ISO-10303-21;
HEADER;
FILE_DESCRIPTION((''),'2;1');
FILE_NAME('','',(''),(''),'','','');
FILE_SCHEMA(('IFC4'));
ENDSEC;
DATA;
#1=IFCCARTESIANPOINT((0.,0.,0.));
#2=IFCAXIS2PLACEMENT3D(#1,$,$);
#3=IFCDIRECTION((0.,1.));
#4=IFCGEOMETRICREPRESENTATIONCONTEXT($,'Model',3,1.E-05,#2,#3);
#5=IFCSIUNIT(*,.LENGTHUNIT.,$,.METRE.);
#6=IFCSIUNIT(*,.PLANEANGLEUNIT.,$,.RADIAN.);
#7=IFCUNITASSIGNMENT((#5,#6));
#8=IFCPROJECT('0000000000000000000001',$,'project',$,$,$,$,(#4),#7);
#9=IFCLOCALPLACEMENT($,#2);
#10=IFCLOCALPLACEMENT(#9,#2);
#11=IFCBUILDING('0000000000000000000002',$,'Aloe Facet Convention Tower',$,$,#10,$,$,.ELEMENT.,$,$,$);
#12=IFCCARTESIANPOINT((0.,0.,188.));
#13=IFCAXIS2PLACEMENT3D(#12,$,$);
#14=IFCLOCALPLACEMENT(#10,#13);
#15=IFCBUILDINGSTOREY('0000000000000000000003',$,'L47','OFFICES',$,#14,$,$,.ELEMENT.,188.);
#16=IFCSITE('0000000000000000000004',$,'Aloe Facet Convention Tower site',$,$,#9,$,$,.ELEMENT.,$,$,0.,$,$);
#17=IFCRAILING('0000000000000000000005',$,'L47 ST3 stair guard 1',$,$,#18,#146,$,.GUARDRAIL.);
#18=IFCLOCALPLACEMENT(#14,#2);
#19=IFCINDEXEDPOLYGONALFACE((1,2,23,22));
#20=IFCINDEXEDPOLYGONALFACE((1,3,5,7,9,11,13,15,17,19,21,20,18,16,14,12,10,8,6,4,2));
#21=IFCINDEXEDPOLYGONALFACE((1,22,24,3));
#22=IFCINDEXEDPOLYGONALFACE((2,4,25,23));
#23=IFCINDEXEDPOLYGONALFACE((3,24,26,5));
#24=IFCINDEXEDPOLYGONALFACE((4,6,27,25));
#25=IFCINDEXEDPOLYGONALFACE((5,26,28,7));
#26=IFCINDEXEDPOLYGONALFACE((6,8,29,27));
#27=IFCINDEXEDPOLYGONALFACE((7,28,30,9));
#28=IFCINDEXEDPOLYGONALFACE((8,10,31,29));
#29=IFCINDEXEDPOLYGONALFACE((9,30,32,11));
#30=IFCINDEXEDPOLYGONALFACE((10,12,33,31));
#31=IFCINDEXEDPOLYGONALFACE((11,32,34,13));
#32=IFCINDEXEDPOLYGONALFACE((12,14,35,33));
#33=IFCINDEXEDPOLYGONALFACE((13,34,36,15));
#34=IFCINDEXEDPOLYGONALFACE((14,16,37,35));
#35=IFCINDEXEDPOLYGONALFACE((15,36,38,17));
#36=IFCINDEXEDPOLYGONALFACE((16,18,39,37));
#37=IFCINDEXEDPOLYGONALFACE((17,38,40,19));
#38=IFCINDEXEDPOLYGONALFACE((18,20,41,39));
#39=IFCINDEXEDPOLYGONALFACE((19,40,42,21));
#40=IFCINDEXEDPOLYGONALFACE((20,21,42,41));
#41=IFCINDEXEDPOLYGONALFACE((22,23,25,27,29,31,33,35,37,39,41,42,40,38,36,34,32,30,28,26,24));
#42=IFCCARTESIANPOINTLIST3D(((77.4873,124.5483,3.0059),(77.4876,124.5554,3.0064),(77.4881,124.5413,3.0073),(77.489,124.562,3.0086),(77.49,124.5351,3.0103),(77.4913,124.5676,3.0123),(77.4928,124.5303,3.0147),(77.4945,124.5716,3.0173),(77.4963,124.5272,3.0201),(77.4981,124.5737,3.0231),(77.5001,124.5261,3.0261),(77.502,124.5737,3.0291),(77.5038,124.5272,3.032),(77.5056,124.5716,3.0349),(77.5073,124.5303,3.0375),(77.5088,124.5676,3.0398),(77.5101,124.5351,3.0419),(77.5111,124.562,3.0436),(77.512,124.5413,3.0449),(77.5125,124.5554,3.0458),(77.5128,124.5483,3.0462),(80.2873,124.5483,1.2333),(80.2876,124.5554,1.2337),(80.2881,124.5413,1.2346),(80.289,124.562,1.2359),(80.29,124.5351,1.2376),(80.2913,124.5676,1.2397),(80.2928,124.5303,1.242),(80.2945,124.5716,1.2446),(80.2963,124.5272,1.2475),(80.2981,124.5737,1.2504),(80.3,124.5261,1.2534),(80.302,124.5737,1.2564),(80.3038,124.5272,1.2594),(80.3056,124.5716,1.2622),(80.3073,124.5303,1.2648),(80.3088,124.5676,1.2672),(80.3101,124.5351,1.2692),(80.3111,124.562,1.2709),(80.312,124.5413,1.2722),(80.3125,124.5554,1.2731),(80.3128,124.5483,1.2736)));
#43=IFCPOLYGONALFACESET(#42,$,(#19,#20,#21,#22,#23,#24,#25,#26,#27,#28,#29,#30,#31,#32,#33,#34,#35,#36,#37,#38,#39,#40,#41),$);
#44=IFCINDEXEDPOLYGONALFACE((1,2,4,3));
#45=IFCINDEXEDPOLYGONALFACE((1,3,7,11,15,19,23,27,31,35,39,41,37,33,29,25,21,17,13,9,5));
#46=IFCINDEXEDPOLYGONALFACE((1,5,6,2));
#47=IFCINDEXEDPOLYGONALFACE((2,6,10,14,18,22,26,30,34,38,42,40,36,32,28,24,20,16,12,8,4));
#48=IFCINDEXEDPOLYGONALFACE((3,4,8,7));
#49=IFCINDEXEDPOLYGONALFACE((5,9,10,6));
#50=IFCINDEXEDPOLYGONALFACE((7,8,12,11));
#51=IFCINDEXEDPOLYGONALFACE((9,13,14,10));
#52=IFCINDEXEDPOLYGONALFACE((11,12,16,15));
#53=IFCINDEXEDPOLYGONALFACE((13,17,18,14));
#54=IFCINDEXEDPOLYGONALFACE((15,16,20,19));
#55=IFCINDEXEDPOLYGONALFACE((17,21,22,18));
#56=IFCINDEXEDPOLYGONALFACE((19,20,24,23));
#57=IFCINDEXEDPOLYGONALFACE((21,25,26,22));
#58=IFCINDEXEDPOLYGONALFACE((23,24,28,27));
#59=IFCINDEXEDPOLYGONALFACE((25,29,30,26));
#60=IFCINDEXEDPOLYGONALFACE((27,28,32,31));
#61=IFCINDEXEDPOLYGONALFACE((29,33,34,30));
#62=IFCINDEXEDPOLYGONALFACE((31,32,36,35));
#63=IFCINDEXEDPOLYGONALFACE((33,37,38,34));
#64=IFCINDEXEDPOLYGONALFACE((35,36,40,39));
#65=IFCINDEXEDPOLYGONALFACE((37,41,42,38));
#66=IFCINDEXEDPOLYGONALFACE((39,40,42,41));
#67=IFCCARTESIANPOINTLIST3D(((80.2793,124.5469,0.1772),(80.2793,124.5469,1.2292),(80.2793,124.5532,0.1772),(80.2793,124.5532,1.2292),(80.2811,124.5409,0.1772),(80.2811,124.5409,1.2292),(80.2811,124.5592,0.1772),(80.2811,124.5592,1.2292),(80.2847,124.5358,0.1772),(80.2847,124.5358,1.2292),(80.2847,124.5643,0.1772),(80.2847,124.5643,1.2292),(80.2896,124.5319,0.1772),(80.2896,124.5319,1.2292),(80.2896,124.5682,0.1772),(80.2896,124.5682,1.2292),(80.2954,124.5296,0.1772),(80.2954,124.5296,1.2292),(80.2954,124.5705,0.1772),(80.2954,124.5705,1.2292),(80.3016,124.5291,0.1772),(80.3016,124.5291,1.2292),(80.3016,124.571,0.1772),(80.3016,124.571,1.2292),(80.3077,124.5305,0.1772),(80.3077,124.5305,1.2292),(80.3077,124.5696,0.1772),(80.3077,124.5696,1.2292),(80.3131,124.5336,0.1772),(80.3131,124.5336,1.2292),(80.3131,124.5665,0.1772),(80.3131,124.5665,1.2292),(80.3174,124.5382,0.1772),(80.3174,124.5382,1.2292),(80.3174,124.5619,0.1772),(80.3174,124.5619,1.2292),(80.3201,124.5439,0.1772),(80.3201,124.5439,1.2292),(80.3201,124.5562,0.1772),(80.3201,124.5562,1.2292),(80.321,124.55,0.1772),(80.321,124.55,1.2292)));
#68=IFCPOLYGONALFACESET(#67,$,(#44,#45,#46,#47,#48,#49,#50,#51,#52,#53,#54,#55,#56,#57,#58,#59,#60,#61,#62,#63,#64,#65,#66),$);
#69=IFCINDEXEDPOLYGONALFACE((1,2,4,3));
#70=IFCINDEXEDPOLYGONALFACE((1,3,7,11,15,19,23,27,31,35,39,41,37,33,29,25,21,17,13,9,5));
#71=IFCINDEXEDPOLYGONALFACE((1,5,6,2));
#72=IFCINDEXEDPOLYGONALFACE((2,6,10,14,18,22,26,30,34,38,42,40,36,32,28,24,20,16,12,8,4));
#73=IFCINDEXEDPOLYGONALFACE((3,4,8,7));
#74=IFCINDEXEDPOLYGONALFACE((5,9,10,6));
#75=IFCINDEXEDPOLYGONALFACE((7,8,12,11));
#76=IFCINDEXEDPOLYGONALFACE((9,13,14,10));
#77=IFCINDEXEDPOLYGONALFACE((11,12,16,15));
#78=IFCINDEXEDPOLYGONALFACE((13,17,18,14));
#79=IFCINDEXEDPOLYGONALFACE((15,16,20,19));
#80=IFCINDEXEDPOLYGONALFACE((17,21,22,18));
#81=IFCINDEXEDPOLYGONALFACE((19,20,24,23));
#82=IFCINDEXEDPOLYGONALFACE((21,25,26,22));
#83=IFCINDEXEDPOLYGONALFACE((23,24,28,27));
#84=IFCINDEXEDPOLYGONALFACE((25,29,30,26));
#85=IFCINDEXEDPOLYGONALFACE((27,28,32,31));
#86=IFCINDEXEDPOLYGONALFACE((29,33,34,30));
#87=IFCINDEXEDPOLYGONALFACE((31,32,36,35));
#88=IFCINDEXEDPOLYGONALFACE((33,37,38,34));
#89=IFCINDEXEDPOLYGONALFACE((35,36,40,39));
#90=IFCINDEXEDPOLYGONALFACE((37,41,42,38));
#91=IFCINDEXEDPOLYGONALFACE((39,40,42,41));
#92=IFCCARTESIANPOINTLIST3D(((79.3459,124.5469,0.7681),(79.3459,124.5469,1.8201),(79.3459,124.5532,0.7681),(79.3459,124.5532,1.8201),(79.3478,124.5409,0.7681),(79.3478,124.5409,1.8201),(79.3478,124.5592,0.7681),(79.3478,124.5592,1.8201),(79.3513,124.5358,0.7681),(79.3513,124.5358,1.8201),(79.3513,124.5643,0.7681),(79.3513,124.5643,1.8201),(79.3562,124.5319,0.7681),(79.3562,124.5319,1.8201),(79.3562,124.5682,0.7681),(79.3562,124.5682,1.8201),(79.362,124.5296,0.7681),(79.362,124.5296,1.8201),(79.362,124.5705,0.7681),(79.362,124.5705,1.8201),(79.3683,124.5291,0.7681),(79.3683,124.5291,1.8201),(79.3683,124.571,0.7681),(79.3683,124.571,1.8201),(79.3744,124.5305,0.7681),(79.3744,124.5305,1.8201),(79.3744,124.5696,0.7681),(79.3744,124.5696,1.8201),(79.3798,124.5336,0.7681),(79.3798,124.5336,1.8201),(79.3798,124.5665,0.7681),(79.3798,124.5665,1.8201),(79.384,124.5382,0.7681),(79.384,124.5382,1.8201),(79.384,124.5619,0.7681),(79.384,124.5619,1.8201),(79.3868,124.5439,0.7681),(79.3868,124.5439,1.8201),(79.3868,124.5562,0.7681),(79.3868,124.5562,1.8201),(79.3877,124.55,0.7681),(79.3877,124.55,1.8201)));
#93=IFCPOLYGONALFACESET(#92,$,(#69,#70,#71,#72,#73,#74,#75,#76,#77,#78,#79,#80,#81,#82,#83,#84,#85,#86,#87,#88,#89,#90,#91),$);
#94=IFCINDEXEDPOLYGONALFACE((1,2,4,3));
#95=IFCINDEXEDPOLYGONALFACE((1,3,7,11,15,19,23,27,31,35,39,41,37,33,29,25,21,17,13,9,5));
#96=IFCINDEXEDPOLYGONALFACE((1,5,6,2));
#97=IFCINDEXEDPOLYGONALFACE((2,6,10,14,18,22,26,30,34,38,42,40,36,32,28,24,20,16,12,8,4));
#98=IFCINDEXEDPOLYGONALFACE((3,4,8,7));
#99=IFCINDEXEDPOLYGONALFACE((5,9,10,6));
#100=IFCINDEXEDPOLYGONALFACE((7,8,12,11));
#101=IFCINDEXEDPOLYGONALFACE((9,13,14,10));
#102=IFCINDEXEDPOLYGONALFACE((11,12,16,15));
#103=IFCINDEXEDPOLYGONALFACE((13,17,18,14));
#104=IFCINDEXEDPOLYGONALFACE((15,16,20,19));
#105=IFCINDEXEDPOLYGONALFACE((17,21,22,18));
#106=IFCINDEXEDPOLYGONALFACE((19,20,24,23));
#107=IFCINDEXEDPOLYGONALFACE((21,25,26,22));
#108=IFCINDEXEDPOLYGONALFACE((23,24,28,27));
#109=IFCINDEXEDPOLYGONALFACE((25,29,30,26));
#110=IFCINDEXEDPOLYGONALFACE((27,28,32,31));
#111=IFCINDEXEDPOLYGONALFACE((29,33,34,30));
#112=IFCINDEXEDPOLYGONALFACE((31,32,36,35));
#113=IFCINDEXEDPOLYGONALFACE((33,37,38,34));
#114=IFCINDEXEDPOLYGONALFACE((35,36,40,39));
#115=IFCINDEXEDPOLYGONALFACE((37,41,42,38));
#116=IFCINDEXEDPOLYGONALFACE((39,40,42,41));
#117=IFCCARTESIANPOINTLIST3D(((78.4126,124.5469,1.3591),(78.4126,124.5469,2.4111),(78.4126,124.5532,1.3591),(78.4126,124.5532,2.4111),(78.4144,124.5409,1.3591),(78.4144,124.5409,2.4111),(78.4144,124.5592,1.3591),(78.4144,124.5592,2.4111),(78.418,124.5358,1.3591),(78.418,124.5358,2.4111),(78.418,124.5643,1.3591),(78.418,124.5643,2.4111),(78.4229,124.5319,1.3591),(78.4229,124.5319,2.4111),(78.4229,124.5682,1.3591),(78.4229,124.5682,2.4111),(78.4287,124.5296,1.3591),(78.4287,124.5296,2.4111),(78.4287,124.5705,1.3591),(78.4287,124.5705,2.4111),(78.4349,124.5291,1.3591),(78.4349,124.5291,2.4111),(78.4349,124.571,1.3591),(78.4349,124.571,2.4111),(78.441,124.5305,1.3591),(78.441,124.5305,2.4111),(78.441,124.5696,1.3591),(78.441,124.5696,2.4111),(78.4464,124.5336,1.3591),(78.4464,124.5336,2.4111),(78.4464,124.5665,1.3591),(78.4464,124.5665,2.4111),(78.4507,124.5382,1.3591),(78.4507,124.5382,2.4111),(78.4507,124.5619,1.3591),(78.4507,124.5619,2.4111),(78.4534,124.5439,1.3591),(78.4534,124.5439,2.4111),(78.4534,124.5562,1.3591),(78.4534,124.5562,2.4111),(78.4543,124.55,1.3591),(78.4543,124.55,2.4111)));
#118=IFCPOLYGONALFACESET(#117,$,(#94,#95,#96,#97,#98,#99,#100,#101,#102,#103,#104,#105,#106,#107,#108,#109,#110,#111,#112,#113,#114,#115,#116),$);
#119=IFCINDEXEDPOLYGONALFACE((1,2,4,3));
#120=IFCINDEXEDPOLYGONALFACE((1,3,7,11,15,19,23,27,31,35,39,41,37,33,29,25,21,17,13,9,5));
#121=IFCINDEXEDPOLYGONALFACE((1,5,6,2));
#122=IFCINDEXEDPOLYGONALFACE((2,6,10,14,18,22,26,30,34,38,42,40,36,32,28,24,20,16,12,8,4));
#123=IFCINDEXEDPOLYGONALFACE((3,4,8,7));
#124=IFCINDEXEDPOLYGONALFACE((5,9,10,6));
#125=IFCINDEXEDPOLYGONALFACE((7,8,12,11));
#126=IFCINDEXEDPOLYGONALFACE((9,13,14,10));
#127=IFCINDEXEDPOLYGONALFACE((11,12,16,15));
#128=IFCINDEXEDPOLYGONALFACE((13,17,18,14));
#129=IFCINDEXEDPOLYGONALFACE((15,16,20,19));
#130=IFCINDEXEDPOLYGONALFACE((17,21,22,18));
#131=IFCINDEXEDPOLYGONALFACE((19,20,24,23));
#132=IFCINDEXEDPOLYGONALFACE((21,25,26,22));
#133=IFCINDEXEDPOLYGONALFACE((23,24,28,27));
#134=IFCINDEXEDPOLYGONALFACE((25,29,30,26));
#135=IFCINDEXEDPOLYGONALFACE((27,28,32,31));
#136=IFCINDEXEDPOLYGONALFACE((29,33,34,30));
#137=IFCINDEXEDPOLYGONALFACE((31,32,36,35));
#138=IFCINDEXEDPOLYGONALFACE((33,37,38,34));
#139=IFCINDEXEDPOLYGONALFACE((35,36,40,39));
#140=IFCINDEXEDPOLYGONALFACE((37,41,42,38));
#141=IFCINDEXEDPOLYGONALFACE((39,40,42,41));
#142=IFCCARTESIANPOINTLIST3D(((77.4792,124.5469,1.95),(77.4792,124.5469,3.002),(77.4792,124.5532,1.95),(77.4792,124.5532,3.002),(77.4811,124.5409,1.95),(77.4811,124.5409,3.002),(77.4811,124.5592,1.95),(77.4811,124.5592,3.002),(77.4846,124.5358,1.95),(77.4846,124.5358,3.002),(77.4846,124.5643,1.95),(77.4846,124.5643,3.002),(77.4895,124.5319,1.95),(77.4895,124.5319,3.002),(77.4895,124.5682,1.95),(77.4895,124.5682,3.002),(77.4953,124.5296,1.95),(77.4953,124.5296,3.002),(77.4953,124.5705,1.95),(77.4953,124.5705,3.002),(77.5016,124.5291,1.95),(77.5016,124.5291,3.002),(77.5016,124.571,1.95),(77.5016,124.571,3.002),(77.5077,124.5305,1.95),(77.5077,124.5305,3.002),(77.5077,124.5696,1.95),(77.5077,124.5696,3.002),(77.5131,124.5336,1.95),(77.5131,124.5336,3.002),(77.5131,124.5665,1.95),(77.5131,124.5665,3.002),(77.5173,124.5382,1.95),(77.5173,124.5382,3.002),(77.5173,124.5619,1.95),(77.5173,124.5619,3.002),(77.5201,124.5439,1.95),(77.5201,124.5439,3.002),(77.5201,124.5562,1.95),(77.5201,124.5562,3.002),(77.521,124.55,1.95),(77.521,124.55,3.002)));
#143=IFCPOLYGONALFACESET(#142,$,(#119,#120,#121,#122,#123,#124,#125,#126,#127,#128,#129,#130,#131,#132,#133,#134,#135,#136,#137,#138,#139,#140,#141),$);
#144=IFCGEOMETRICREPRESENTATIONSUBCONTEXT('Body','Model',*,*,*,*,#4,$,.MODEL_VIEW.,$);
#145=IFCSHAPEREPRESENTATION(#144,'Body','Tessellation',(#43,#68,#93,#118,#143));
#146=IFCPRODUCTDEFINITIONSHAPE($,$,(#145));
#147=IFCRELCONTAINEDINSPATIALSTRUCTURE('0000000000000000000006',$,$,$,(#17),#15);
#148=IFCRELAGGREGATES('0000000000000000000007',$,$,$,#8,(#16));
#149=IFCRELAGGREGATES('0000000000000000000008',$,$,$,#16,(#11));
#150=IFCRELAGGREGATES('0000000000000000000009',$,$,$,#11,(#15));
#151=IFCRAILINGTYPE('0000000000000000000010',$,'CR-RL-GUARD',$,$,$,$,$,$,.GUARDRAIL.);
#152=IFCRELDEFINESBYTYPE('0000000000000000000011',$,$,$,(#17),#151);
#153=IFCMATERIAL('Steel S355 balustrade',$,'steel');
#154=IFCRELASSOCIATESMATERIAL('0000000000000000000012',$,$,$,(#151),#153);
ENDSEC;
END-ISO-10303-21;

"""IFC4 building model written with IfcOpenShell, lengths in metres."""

from ifc_helpers import new_model, si_unit, direction, frame, origin, origin_2d, place, context, subcontext, project, spatial, circle, extrude, material, type_object, element, save


model = new_model("IFC4")

# Units and contexts
model_context = context("Model", 3, precision=1e-05, world=origin(), true_north=direction((0.0, 1.0)))
body_context = subcontext(model_context, "Body", "Model", "MODEL_VIEW")
ifc_project = project(units=[si_unit("LENGTHUNIT", "METRE"), si_unit("PLANEANGLEUNIT", "RADIAN")], contexts=[model_context])

# Site, building, storey
site_placement = place(None, origin())
site = spatial("IfcSite", under=ifc_project, at=site_placement, Name="Aloe Facet Convention Tower site", CompositionType="ELEMENT", RefElevation=0.0)
building_placement = place(site_placement, origin())
building = spatial("IfcBuilding", under=site, at=building_placement, Name="Aloe Facet Convention Tower", CompositionType="ELEMENT")
storey_placement = place(building_placement, frame((0.0, 0.0, 188.0)))
storey = spatial("IfcBuildingStorey", under=building, at=storey_placement, Name="L47", Description="OFFICES", CompositionType="ELEMENT", Elevation=188.0)

# Railing
ifc_material_1 = material(Name="Steel S355 balustrade", Category="steel")
railing_type_1 = type_object("IfcRailingType", Name="CR-RL-GUARD", PredefinedType="GUARDRAIL", material=ifc_material_1)
railing_1_placement = place(storey_placement, frame((80.3, 124.55, 0.1772)))
element("IfcRailing", 1, at=railing_1_placement, inside=storey, type_object=railing_type_1, Name="L47 ST3 stair guard 1", PredefinedType="GUARDRAIL", context=body_context, shape_type="SweptSolid", body=[
    extrude(circle(Radius=0.0239, at=origin_2d()), frame((0.0, 0.0, 1.0762), z_axis=(-0.844909, 0.0, 0.53491), x_axis=(0.0, -1.0, 0.0)), (0.0, 0.0, 1.0), 3.314),
    extrude(circle(Radius=0.021, at=origin_2d()), origin(), (0.0, 0.0, 1.0), 1.052),
    extrude(circle(Radius=0.021, at=origin_2d()), frame((-0.9333, 0.0, 0.5908)), (0.0, 0.0, 1.0), 1.052),
    extrude(circle(Radius=0.021, at=origin_2d()), frame((-1.8667, 0.0, 1.1819)), (0.0, 0.0, 1.0), 1.052),
    extrude(circle(Radius=0.021, at=origin_2d()), frame((-2.8, 0.0, 1.7727)), (0.0, 0.0, 1.0), 1.052),
])

save(model, "model.ifc")
